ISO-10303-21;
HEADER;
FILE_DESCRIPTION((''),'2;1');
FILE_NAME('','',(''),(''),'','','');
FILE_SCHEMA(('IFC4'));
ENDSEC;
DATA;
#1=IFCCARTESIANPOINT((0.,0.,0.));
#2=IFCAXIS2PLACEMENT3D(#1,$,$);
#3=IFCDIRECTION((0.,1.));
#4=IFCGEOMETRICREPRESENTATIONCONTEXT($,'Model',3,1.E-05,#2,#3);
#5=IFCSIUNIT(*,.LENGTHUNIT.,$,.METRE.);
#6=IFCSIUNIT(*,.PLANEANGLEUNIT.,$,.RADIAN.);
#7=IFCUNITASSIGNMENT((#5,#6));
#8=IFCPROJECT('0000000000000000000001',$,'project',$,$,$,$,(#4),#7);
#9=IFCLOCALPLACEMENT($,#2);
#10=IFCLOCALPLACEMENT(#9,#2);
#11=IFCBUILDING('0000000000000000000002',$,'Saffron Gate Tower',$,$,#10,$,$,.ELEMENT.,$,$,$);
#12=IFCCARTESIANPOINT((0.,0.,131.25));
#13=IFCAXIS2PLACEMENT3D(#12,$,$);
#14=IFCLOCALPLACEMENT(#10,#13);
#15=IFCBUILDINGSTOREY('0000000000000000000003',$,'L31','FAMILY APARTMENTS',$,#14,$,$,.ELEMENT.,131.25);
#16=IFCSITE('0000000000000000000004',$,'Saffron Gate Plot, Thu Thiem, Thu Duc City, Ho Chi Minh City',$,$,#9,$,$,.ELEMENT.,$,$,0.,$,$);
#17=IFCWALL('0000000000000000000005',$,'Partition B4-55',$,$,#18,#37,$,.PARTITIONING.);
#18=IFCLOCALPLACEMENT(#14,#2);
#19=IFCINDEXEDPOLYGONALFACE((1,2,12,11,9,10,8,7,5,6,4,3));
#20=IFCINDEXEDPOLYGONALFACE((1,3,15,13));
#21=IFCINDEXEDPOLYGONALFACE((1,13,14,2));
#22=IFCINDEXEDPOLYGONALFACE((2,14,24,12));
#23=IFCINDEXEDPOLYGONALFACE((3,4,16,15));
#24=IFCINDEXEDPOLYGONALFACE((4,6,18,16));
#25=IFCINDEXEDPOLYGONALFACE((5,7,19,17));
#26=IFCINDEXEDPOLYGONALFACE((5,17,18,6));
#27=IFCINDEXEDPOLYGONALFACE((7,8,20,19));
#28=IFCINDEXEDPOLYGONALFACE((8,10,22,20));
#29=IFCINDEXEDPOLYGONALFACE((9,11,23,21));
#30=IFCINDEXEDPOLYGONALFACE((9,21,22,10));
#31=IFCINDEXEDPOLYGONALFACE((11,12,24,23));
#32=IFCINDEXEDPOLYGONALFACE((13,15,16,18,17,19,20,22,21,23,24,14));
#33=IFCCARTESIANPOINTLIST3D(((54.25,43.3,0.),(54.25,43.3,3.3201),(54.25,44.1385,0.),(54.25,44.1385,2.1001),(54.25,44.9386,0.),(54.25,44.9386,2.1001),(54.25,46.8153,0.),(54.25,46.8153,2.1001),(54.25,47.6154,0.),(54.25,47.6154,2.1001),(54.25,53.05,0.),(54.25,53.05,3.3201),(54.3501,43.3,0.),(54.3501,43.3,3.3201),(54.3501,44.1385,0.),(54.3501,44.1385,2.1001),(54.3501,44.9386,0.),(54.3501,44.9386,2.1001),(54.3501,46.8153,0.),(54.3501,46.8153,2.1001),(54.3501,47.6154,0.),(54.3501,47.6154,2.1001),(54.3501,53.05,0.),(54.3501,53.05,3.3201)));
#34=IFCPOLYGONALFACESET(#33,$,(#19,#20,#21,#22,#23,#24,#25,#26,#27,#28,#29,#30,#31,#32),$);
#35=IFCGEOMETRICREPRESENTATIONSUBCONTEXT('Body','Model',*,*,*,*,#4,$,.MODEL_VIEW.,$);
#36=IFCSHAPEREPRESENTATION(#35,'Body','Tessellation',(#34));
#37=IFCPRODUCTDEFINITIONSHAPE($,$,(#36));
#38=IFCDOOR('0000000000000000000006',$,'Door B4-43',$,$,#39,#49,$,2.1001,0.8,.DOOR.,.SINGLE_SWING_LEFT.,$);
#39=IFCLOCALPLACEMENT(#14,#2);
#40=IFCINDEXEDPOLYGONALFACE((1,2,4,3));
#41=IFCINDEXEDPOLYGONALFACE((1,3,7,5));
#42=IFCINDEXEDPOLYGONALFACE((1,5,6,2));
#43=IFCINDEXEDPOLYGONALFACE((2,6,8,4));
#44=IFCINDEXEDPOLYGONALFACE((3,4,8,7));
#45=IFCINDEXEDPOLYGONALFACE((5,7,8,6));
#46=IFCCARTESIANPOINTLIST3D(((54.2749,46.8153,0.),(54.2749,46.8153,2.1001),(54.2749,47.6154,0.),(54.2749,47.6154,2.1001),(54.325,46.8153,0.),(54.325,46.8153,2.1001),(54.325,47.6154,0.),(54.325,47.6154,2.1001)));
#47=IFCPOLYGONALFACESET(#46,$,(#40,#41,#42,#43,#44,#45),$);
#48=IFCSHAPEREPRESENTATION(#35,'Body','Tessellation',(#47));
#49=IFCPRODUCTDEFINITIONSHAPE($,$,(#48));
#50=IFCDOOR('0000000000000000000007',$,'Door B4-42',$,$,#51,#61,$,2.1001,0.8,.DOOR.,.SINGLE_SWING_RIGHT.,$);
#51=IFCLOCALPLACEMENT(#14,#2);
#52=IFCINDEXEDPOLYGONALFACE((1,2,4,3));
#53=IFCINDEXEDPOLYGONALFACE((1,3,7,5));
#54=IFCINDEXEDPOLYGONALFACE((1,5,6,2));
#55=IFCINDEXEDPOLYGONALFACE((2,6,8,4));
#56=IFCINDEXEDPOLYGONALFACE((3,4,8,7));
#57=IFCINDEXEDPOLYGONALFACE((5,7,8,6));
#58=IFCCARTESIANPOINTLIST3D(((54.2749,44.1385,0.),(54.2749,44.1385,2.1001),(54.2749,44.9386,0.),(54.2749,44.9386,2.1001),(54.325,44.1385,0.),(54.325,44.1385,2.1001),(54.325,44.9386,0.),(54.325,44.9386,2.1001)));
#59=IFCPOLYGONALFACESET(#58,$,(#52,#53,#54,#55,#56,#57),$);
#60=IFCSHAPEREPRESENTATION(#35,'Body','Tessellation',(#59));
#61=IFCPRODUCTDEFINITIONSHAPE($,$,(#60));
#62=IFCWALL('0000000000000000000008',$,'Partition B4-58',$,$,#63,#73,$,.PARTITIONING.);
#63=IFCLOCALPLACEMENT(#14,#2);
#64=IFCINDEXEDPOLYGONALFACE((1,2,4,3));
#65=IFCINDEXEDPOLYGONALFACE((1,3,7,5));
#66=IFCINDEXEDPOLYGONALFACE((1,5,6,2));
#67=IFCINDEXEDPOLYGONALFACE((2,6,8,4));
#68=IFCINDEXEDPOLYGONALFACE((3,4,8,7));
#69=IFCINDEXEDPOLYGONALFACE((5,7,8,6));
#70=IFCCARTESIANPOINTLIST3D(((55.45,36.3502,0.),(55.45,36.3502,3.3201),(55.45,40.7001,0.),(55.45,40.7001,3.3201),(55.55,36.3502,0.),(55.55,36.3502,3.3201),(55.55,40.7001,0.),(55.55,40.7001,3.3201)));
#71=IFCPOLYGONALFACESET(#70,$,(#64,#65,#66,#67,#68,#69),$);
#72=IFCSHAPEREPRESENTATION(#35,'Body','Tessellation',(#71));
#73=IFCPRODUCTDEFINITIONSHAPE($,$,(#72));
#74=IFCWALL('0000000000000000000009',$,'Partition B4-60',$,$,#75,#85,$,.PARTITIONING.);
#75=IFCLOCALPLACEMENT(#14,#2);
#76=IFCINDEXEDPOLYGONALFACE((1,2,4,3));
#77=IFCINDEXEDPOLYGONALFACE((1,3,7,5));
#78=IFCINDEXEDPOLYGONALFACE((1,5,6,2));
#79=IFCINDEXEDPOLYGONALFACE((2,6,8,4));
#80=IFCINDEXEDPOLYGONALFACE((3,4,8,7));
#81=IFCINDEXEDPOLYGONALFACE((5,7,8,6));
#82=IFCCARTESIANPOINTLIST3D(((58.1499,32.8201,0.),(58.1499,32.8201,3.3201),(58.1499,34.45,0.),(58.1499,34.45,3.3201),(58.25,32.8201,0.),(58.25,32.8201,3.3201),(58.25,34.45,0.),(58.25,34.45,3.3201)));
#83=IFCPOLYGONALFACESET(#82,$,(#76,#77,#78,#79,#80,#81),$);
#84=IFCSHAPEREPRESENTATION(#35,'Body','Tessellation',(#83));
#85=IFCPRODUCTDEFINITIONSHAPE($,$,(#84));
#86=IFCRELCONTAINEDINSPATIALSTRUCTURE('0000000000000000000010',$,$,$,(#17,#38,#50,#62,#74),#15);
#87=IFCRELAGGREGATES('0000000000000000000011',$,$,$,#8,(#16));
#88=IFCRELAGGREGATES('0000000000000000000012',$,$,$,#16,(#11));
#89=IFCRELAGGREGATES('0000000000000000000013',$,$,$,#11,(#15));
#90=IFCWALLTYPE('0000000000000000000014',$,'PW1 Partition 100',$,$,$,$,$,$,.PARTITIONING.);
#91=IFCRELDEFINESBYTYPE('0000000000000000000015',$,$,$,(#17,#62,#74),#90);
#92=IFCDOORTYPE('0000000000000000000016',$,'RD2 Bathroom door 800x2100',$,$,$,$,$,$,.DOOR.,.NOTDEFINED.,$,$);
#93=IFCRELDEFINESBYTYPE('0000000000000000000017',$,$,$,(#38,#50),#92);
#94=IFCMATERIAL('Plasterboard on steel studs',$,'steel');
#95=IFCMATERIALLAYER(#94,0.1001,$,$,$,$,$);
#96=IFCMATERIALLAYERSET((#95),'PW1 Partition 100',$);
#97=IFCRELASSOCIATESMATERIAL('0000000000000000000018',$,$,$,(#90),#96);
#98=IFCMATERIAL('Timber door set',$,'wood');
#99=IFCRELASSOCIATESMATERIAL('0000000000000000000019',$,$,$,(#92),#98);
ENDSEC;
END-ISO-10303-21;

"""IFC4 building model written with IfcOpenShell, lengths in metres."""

from ifc_helpers import new_model, si_unit, direction, frame, frame_2d, origin, place, context, subcontext, project, spatial, rectangle, extrude, material, layer, layer_set, type_object, element, fill, save


model = new_model("IFC4")

# Units and contexts
model_context = context("Model", 3, precision=1e-05, world=origin(), true_north=direction((0.0, 1.0)))
body_context = subcontext(model_context, "Body", "Model", "MODEL_VIEW")
ifc_project = project(units=[si_unit("LENGTHUNIT", "METRE"), si_unit("PLANEANGLEUNIT", "RADIAN")], contexts=[model_context])

# Site, building, storey
site_placement = place(None, origin())
site = spatial("IfcSite", under=ifc_project, at=site_placement, Name="Saffron Gate Plot, Thu Thiem, Thu Duc City, Ho Chi Minh City", CompositionType="ELEMENT", RefElevation=0.0)
building_placement = place(site_placement, origin())
building = spatial("IfcBuilding", under=site, at=building_placement, Name="Saffron Gate Tower", CompositionType="ELEMENT")
storey_placement = place(building_placement, frame((0.0, 0.0, 131.25)))
storey = spatial("IfcBuildingStorey", under=building, at=storey_placement, Name="L31", Description="FAMILY APARTMENTS", CompositionType="ELEMENT", Elevation=131.25)

# Shared definitions
ifc_material_1 = material(Name="Plasterboard on steel studs", Category="steel")
ifc_layer = layer(ifc_material_1, 0.1001)
ifc_layer_set = layer_set([ifc_layer], Name="PW1 Partition 100")
wall_type = type_object("IfcWallType", Name="PW1 Partition 100", PredefinedType="PARTITIONING", material=ifc_layer_set)

# Shared definitions
ifc_material_2 = material(Name="Timber door set", Category="wood")

# Wall, openings, doors
wall_1_placement = place(storey_placement, frame((54.3, 53.05, 0.0), z_axis=(0.0, 0.0, 1.0), x_axis=(0.0, -1.0, 0.0)))
wall_1 = element("IfcWall", 1, at=wall_1_placement, inside=storey, type_object=wall_type, Name="Partition B4-55", PredefinedType="PARTITIONING", context=body_context, shape_type="SweptSolid", body=[
    extrude(rectangle(XDim=9.75, YDim=0.1001, at=frame_2d((4.875, 0.0))), origin(), (0.0, 0.0, 1.0), 3.3201),
])
opening_1_placement = place(wall_1_placement, frame((5.4348, 0.0, 0.0)))
opening_1 = element("IfcOpeningElement", 2, at=opening_1_placement, cuts=wall_1, PredefinedType="OPENING", context=body_context, shape_type="SweptSolid", body=[
    extrude(rectangle(XDim=0.8, YDim=2.1001, at=frame_2d((0.3999, 1.05))), frame((0.0, 0.0601, 0.0), z_axis=(0.0, -1.0, 0.0), x_axis=(1.0, 0.0, 0.0)), (0.0, 0.0, 1.0), 0.1201),
])
opening_2_placement = place(wall_1_placement, frame((8.1116, 0.0, 0.0)))
opening_2 = element("IfcOpeningElement", 3, at=opening_2_placement, cuts=wall_1, PredefinedType="OPENING", context=body_context, shape_type="SweptSolid", body=[
    extrude(rectangle(XDim=0.8, YDim=2.1001, at=frame_2d((0.3999, 1.05))), frame((0.0, 0.0601, 0.0), z_axis=(0.0, -1.0, 0.0), x_axis=(1.0, 0.0, 0.0)), (0.0, 0.0, 1.0), 0.1201),
])
door_type_1 = type_object("IfcDoorType", Name="RD2 Bathroom door 800x2100", OperationType="NOTDEFINED", PredefinedType="DOOR", material=ifc_material_2)
door_1_placement = place(opening_1_placement, origin())
door_1 = element("IfcDoor", 4, at=door_1_placement, inside=storey, type_object=door_type_1, Name="Door B4-43", OperationType="SINGLE_SWING_LEFT", OverallHeight=2.1001, OverallWidth=0.8, PredefinedType="DOOR", context=body_context, shape_type="SweptSolid", body=[
    extrude(rectangle(XDim=0.8, YDim=2.1001, at=frame_2d((0.3999, 1.05))), frame((0.0, 0.0249, 0.0), z_axis=(0.0, -1.0, 0.0), x_axis=(1.0, 0.0, 0.0)), (0.0, 0.0, 1.0), 0.05),
])
fill(opening_1, door_1)
door_2_placement = place(opening_2_placement, origin())
door_2 = element("IfcDoor", 5, at=door_2_placement, inside=storey, type_object=door_type_1, Name="Door B4-42", OperationType="SINGLE_SWING_RIGHT", OverallHeight=2.1001, OverallWidth=0.8, PredefinedType="DOOR", context=body_context, shape_type="SweptSolid", body=[
    extrude(rectangle(XDim=0.8, YDim=2.1001, at=frame_2d((0.3999, 1.05))), frame((0.0, 0.0249, 0.0), z_axis=(0.0, -1.0, 0.0), x_axis=(1.0, 0.0, 0.0)), (0.0, 0.0, 1.0), 0.05),
])
fill(opening_2, door_2)

# Walls
wall_2_placement = place(storey_placement, frame((55.5, 40.7, 0.0), z_axis=(0.0, 0.0, 1.0), x_axis=(0.0, -1.0, 0.0)))
element("IfcWall", 6, at=wall_2_placement, inside=storey, type_object=wall_type, Name="Partition B4-58", PredefinedType="PARTITIONING", context=body_context, shape_type="SweptSolid", body=[
    extrude(rectangle(XDim=4.3499, YDim=0.1001, at=frame_2d((2.1748, 0.0))), origin(), (0.0, 0.0, 1.0), 3.3201),
])
wall_3_placement = place(storey_placement, frame((58.2, 34.45, 0.0), z_axis=(0.0, 0.0, 1.0), x_axis=(0.0, -1.0, 0.0)))
element("IfcWall", 7, at=wall_3_placement, inside=storey, type_object=wall_type, Name="Partition B4-60", PredefinedType="PARTITIONING", context=body_context, shape_type="SweptSolid", body=[
    extrude(rectangle(XDim=1.6299, YDim=0.1001, at=frame_2d((0.8149, 0.0))), origin(), (0.0, 0.0, 1.0), 3.3201),
])

save(model, "model.ifc")
